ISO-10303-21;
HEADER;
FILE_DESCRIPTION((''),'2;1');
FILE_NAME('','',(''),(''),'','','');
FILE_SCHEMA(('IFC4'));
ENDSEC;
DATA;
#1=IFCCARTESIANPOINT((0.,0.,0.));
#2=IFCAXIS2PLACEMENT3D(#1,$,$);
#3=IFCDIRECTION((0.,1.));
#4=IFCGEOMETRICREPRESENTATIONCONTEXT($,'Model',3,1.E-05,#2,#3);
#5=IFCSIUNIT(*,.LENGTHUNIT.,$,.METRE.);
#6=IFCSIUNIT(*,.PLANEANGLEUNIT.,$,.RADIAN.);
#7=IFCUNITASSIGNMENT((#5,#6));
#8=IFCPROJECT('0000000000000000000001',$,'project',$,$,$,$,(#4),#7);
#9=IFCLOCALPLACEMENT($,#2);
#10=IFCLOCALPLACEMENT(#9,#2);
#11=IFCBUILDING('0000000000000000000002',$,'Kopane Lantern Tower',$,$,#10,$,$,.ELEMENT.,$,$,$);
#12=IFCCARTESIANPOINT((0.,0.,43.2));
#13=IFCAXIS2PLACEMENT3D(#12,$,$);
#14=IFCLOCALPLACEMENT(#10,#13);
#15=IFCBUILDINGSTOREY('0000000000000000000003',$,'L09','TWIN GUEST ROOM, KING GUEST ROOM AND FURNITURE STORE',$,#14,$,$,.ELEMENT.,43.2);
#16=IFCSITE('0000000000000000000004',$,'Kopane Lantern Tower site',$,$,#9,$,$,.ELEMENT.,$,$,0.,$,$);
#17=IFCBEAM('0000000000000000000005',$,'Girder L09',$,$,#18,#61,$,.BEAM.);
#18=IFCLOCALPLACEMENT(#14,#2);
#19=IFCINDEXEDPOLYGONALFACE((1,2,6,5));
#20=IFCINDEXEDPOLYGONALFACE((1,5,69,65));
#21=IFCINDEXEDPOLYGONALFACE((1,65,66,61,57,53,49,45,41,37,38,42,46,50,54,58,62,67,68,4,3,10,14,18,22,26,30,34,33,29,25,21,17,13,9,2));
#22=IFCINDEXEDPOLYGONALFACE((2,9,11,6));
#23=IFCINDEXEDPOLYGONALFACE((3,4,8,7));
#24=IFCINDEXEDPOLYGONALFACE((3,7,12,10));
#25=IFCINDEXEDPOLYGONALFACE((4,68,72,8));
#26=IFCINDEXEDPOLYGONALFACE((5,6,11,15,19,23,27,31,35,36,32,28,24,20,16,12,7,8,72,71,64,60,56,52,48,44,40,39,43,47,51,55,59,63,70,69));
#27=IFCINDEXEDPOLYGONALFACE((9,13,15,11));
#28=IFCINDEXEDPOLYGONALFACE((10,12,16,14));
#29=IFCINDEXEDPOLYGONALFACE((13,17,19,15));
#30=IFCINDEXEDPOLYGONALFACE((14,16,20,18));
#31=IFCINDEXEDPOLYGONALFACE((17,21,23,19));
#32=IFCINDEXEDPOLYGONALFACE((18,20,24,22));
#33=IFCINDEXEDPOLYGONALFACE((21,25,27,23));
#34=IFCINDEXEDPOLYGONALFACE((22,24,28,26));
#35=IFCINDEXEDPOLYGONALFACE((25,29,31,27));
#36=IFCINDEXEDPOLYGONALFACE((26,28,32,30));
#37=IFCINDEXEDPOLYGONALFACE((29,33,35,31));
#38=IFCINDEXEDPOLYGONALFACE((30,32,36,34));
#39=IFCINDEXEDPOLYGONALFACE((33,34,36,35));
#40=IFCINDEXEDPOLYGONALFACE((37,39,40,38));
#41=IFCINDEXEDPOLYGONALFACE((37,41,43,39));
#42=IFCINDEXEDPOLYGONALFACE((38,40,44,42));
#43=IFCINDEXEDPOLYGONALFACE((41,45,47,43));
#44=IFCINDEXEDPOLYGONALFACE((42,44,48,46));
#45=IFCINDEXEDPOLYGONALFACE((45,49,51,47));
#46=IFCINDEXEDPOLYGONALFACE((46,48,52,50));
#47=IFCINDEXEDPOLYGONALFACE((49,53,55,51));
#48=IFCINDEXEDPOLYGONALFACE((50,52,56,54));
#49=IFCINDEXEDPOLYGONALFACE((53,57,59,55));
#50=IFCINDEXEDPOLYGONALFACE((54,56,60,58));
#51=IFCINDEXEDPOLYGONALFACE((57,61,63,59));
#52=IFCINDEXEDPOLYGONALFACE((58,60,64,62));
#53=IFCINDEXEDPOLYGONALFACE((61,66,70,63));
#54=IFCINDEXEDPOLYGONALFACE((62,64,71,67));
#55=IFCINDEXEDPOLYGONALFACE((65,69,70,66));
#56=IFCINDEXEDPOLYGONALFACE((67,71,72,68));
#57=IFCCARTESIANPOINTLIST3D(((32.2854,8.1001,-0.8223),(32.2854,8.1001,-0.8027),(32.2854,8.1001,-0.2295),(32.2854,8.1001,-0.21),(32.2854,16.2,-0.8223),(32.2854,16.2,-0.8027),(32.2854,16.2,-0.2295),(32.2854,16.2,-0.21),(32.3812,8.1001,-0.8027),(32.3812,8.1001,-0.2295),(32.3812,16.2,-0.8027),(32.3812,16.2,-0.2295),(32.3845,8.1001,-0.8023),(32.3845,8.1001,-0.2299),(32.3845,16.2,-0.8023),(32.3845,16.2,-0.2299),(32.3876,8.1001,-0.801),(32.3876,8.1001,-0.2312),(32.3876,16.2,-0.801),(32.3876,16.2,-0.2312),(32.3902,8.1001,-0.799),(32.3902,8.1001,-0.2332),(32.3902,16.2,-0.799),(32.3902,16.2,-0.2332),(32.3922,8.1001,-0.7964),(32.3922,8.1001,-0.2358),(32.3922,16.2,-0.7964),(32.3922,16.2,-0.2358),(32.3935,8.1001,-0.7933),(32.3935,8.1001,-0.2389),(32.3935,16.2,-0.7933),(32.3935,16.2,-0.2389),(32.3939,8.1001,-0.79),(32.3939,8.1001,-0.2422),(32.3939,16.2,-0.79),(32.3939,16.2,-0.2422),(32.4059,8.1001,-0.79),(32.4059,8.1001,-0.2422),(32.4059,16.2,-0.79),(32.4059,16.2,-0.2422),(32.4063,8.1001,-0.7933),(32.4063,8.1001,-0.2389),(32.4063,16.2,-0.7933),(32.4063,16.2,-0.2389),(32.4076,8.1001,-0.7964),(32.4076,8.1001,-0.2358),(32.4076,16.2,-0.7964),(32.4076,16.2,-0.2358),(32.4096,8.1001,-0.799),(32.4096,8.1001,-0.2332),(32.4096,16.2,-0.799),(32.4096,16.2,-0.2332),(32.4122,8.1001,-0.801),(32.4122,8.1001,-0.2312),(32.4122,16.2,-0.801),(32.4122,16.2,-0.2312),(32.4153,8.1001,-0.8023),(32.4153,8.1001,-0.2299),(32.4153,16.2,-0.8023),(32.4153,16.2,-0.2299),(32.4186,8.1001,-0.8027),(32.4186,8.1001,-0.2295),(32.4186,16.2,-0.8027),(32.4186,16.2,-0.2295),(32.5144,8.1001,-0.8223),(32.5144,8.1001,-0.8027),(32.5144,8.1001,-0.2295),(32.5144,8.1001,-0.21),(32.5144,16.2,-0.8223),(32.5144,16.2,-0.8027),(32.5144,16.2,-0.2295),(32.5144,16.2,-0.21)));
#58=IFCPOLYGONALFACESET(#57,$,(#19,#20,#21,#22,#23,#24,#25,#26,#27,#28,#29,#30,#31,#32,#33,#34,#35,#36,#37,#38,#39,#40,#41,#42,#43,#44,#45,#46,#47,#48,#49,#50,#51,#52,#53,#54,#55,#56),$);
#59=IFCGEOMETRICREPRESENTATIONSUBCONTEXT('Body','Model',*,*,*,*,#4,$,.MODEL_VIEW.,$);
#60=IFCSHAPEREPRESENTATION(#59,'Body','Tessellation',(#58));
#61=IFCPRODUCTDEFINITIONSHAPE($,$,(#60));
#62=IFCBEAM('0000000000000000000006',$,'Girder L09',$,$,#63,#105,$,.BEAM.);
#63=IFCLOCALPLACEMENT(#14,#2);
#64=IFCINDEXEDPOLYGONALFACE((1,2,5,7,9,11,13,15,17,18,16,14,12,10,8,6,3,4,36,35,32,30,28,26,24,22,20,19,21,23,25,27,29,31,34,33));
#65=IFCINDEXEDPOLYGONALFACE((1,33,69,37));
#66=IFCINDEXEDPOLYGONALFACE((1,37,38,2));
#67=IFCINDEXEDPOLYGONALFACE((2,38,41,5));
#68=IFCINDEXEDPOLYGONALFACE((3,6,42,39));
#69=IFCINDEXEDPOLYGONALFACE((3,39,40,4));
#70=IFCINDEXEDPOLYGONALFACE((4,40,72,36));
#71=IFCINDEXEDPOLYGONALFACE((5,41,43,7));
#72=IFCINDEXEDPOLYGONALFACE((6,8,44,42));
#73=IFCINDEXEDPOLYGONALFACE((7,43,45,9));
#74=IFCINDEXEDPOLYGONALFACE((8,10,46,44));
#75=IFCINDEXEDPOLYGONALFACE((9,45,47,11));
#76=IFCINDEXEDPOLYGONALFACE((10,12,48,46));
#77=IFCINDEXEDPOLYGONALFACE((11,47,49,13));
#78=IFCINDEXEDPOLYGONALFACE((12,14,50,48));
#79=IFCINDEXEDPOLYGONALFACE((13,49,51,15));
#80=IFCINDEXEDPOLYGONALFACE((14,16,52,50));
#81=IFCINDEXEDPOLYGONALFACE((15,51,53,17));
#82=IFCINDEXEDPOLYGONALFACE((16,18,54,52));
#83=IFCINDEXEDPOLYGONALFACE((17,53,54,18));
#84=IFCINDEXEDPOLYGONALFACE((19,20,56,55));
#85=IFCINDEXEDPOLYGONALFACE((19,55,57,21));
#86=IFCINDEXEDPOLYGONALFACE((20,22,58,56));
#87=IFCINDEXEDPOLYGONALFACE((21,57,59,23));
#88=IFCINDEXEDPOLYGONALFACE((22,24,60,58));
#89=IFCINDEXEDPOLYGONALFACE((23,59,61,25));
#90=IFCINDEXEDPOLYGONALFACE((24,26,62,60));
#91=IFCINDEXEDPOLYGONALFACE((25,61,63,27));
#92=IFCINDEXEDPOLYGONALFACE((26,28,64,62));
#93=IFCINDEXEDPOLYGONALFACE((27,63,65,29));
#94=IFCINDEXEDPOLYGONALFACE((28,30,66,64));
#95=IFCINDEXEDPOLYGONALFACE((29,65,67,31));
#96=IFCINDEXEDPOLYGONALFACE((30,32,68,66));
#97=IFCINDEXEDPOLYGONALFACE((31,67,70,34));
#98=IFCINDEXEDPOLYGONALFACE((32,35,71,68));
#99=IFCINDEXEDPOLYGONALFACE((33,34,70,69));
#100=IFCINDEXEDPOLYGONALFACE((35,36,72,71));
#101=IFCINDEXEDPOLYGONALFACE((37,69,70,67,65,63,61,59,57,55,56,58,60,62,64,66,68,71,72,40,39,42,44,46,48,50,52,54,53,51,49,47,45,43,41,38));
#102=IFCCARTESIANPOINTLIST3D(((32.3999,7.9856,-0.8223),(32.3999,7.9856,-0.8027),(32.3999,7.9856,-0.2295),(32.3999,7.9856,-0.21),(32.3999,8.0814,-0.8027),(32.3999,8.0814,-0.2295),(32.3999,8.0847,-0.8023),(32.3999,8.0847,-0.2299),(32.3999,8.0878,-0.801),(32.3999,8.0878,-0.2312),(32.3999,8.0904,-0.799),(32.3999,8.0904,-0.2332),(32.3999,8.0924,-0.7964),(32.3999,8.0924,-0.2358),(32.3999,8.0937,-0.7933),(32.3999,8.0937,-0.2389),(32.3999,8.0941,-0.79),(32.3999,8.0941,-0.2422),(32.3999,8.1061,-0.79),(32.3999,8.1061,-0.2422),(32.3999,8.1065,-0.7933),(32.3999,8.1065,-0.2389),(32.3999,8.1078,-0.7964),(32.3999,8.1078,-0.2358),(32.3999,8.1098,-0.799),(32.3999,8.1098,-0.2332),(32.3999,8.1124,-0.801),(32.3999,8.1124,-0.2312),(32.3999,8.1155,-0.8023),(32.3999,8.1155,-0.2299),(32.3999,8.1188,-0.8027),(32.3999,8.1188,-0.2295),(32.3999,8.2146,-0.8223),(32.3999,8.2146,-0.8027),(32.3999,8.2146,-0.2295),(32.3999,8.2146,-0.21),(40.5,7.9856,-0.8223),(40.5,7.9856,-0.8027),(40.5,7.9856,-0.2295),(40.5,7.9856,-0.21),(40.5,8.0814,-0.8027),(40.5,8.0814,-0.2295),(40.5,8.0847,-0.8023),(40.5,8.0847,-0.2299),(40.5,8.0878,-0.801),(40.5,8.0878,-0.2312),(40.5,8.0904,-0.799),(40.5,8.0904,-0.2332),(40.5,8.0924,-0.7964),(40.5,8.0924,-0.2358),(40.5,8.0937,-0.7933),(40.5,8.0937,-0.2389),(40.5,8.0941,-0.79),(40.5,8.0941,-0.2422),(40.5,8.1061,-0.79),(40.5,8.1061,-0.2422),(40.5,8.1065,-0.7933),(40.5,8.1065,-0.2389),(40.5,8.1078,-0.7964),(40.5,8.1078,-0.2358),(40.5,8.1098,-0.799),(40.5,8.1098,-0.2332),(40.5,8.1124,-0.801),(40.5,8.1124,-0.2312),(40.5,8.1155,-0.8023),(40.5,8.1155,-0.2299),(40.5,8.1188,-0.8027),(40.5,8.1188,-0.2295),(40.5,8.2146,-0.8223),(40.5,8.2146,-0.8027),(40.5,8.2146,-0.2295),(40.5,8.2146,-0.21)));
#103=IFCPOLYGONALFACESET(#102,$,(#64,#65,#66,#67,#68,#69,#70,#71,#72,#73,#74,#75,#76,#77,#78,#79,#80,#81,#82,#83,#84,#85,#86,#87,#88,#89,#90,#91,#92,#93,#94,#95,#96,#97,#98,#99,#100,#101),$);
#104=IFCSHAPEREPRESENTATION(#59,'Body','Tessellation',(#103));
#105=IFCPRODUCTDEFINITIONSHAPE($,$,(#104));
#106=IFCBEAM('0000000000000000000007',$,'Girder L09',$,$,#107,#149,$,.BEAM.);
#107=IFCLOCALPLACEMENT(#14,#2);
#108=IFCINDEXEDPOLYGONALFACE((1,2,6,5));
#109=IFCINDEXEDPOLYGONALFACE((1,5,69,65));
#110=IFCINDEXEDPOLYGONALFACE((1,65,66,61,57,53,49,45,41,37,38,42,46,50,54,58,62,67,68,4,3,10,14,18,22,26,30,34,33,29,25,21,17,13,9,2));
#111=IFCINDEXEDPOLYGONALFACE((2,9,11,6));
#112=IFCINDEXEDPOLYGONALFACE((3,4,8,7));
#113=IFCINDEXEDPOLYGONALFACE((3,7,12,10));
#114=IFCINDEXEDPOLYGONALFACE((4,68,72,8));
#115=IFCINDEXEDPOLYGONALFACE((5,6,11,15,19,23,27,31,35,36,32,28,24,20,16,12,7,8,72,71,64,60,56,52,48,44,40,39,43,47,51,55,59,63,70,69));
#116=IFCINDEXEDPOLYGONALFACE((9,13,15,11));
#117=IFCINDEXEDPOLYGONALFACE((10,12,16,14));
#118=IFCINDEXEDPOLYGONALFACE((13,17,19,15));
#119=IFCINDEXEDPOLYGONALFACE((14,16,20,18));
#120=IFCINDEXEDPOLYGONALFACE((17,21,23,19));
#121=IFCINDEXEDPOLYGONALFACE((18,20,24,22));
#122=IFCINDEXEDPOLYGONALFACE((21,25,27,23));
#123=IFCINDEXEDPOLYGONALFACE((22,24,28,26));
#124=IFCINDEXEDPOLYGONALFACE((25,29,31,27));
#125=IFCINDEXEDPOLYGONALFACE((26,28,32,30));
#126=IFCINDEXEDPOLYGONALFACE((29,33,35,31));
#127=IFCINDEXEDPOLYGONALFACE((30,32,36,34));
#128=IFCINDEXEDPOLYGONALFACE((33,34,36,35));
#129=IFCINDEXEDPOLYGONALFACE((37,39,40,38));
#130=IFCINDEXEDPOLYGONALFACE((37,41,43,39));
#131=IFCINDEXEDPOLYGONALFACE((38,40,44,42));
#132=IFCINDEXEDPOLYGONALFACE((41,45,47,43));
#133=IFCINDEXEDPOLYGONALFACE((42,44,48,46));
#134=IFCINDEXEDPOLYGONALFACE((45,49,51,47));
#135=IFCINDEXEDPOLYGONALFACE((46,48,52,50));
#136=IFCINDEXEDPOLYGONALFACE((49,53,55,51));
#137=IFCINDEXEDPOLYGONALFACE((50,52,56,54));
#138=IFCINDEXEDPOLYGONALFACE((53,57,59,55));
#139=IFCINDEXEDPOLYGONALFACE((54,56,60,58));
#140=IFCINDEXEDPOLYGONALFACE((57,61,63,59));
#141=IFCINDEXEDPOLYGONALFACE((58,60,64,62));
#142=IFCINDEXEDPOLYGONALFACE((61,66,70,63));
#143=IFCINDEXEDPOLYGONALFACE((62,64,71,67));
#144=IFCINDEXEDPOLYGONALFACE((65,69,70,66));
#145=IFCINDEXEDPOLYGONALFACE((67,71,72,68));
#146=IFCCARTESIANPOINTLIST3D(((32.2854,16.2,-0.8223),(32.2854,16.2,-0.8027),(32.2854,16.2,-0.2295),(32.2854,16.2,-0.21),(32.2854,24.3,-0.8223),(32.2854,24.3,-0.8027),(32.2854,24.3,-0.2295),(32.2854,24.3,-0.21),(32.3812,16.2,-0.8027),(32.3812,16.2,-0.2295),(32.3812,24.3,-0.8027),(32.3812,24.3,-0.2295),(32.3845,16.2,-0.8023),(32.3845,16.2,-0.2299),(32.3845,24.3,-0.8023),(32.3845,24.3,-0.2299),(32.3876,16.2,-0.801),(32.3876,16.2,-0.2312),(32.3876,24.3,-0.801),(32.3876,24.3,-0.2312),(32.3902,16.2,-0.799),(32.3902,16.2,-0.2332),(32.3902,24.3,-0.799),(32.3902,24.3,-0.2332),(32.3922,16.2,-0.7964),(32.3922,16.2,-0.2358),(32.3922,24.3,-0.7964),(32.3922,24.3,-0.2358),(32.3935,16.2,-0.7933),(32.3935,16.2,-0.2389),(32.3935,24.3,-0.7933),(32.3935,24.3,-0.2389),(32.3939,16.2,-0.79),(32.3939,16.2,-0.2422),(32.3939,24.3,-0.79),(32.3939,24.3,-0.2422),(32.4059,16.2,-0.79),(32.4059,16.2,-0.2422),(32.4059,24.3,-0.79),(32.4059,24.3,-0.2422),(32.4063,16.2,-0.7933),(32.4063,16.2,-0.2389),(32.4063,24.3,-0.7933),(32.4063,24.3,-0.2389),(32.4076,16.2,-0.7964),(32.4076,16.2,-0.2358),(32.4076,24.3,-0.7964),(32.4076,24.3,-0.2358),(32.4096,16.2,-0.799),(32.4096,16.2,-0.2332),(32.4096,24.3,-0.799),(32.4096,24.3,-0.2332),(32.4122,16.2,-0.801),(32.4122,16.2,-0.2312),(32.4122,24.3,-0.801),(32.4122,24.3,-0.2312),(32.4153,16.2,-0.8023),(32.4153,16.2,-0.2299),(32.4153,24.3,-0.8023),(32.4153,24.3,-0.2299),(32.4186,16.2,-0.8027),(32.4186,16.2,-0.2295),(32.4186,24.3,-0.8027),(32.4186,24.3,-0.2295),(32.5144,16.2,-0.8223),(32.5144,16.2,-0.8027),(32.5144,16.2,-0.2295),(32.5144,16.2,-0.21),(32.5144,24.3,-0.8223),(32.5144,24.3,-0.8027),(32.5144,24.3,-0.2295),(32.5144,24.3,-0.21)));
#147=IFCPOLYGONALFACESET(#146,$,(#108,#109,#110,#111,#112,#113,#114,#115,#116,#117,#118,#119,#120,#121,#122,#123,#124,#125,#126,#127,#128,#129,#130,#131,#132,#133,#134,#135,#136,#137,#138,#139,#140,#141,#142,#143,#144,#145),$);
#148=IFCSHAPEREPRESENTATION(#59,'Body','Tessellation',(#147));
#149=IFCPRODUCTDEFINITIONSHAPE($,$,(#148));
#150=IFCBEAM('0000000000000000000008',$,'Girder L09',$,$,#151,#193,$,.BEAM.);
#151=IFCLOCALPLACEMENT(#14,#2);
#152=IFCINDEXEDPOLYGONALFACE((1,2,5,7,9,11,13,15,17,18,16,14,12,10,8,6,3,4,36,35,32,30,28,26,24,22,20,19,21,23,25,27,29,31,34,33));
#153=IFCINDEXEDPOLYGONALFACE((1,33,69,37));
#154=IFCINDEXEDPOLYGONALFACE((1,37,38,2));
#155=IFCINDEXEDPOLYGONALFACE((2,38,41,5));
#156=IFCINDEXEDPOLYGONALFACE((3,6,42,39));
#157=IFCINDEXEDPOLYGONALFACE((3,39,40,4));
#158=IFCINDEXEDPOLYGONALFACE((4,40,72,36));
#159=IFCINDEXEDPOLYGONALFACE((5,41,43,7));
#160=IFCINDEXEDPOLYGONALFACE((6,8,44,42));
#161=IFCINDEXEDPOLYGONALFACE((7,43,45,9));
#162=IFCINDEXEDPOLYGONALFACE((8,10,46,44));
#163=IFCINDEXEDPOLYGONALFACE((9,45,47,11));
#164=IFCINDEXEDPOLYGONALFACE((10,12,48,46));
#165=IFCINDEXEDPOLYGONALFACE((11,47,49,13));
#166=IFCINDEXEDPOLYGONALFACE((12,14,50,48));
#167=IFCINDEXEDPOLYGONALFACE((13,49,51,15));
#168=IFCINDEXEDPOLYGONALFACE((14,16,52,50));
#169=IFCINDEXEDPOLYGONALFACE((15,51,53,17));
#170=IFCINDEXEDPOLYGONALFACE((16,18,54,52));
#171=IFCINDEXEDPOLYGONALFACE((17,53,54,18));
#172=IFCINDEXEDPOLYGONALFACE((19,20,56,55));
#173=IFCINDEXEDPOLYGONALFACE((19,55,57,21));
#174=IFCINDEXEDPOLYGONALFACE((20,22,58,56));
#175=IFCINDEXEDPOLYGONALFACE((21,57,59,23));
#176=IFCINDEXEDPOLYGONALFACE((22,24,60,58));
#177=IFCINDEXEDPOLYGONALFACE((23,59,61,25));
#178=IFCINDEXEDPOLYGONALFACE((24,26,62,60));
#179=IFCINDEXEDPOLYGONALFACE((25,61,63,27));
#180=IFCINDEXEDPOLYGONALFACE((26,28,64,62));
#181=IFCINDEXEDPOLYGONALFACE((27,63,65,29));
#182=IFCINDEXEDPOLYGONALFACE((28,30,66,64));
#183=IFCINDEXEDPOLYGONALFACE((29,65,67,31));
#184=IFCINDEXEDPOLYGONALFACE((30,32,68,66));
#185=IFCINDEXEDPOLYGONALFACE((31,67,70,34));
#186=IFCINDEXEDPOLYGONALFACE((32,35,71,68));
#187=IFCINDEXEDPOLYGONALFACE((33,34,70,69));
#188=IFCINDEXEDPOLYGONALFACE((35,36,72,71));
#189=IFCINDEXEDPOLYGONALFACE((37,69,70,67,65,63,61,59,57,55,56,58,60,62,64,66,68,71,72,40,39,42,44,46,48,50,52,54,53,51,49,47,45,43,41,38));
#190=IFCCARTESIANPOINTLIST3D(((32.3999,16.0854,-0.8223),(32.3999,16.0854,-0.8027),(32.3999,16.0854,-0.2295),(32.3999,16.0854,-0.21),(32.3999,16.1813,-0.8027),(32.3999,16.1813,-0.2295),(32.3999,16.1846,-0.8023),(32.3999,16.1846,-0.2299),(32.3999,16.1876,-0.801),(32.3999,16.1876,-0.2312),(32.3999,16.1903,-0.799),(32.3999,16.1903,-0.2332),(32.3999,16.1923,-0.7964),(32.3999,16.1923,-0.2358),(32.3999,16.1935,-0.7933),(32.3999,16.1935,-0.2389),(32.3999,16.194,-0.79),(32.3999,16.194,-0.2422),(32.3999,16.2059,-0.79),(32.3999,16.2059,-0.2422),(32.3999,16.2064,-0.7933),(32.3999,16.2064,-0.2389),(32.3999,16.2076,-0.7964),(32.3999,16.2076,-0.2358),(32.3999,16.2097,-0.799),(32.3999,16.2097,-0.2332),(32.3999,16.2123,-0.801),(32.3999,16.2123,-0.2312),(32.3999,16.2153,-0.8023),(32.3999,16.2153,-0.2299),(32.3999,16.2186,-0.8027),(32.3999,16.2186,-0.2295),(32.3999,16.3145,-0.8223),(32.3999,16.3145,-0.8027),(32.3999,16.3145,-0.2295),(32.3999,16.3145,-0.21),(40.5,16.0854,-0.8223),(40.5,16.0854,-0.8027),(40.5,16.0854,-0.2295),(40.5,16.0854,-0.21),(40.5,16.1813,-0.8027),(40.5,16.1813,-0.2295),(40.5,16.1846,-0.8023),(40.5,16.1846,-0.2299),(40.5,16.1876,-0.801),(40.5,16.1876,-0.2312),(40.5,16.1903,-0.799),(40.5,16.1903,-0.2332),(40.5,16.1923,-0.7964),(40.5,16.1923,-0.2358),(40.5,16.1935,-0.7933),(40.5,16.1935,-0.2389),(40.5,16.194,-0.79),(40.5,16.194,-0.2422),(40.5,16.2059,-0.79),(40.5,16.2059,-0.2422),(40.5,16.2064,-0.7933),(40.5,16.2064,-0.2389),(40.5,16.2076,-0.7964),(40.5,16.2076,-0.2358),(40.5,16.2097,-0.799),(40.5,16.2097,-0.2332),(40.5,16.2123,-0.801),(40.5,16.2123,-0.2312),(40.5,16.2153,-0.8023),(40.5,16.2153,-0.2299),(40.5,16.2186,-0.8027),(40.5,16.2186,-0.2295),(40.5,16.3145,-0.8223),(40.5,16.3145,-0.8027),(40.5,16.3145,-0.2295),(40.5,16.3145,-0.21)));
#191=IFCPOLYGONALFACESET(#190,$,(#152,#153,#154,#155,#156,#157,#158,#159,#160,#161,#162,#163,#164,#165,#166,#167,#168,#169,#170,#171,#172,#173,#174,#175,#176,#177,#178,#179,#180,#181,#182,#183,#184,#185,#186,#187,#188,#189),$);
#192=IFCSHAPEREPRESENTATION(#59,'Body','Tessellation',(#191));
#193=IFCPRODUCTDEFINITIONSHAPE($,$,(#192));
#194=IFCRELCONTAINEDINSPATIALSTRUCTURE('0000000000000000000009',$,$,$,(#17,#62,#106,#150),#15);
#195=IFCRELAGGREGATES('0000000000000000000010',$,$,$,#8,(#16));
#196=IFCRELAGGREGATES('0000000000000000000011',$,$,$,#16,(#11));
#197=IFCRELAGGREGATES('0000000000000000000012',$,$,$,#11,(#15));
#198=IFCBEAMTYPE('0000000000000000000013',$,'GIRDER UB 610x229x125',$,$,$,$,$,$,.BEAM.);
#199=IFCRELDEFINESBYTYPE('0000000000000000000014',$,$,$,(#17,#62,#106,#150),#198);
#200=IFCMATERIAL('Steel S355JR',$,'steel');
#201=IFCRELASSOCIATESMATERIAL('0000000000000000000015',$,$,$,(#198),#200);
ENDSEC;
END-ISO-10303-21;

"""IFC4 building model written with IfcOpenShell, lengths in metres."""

from ifc_helpers import new_model, si_unit, direction, frame, origin, origin_2d, place, context, subcontext, project, spatial, i_section, extrude, material, material_profile, profile_set, type_object, element, save


model = new_model("IFC4")

# Units and contexts
model_context = context("Model", 3, precision=1e-05, world=origin(), true_north=direction((0.0, 1.0)))
body_context = subcontext(model_context, "Body", "Model", "MODEL_VIEW")
ifc_project = project(units=[si_unit("LENGTHUNIT", "METRE"), si_unit("PLANEANGLEUNIT", "RADIAN")], contexts=[model_context])

# Site, building, storey
site_placement = place(None, origin())
site = spatial("IfcSite", under=ifc_project, at=site_placement, Name="Kopane Lantern Tower site", CompositionType="ELEMENT", RefElevation=0.0)
building_placement = place(site_placement, origin())
building = spatial("IfcBuilding", under=site, at=building_placement, Name="Kopane Lantern Tower", CompositionType="ELEMENT")
storey_placement = place(building_placement, frame((0.0, 0.0, 43.2)))
storey = spatial("IfcBuildingStorey", under=building, at=storey_placement, Name="L09", Description="TWIN GUEST ROOM, KING GUEST ROOM AND FURNITURE STORE", CompositionType="ELEMENT", Elevation=43.2)

# Beams
ifc_material_1 = material(Name="Steel S355JR", Category="steel")
ifc_material_profile_1 = material_profile(ifc_material_1, i_section(OverallWidth=0.229, OverallDepth=0.6123, WebThickness=0.012, FlangeThickness=0.0195, FilletRadius=0.0127, at=origin_2d()), Name="UB 610x229x125")
ifc_profile_set_1 = profile_set([ifc_material_profile_1], Name="Steel S355JR")
beam_type = type_object("IfcBeamType", Name="GIRDER UB 610x229x125", PredefinedType="BEAM", material=ifc_profile_set_1)
beam_1_placement = place(storey_placement, frame((32.3999, 8.1001, -0.5161), z_axis=(0.0, 1.0, 0.0), x_axis=(-1.0, 0.0, 0.0)))
element("IfcBeam", 1, at=beam_1_placement, inside=storey, type_object=beam_type, Name="Girder L09", PredefinedType="BEAM", context=body_context, shape_type="SweptSolid", body=[
    extrude(i_section(OverallWidth=0.229, OverallDepth=0.6123, WebThickness=0.012, FlangeThickness=0.0195, FilletRadius=0.0127, at=origin_2d()), origin(), (0.0, 0.0, 1.0), 8.0999),
])
for number, where, z_axis, x_axis, name in (
    (2, (32.3999, 8.1001, -0.5161), (1.0, 0.0, 0.0), (0.0, 1.0, 0.0), "Girder L09"),
    (3, (32.3999, 16.2, -0.5161), (0.0, 1.0, 0.0), (-1.0, 0.0, 0.0), "Girder L09"),
    (4, (32.3999, 16.2, -0.5161), (1.0, 0.0, 0.0), (0.0, 1.0, 0.0), "Girder L09"),
):
    element("IfcBeam", number, at=place(storey_placement, frame(where, z_axis=z_axis, x_axis=x_axis)), inside=storey, type_object=beam_type, Name=name, PredefinedType="BEAM", context=body_context, shape_type="SweptSolid", body=[
        extrude(i_section(OverallWidth=0.229, OverallDepth=0.6123, WebThickness=0.012, FlangeThickness=0.0195, FilletRadius=0.0127, at=origin_2d()), origin(), (0.0, 0.0, 1.0), 8.1001),
    ])

save(model, "model.ifc")
